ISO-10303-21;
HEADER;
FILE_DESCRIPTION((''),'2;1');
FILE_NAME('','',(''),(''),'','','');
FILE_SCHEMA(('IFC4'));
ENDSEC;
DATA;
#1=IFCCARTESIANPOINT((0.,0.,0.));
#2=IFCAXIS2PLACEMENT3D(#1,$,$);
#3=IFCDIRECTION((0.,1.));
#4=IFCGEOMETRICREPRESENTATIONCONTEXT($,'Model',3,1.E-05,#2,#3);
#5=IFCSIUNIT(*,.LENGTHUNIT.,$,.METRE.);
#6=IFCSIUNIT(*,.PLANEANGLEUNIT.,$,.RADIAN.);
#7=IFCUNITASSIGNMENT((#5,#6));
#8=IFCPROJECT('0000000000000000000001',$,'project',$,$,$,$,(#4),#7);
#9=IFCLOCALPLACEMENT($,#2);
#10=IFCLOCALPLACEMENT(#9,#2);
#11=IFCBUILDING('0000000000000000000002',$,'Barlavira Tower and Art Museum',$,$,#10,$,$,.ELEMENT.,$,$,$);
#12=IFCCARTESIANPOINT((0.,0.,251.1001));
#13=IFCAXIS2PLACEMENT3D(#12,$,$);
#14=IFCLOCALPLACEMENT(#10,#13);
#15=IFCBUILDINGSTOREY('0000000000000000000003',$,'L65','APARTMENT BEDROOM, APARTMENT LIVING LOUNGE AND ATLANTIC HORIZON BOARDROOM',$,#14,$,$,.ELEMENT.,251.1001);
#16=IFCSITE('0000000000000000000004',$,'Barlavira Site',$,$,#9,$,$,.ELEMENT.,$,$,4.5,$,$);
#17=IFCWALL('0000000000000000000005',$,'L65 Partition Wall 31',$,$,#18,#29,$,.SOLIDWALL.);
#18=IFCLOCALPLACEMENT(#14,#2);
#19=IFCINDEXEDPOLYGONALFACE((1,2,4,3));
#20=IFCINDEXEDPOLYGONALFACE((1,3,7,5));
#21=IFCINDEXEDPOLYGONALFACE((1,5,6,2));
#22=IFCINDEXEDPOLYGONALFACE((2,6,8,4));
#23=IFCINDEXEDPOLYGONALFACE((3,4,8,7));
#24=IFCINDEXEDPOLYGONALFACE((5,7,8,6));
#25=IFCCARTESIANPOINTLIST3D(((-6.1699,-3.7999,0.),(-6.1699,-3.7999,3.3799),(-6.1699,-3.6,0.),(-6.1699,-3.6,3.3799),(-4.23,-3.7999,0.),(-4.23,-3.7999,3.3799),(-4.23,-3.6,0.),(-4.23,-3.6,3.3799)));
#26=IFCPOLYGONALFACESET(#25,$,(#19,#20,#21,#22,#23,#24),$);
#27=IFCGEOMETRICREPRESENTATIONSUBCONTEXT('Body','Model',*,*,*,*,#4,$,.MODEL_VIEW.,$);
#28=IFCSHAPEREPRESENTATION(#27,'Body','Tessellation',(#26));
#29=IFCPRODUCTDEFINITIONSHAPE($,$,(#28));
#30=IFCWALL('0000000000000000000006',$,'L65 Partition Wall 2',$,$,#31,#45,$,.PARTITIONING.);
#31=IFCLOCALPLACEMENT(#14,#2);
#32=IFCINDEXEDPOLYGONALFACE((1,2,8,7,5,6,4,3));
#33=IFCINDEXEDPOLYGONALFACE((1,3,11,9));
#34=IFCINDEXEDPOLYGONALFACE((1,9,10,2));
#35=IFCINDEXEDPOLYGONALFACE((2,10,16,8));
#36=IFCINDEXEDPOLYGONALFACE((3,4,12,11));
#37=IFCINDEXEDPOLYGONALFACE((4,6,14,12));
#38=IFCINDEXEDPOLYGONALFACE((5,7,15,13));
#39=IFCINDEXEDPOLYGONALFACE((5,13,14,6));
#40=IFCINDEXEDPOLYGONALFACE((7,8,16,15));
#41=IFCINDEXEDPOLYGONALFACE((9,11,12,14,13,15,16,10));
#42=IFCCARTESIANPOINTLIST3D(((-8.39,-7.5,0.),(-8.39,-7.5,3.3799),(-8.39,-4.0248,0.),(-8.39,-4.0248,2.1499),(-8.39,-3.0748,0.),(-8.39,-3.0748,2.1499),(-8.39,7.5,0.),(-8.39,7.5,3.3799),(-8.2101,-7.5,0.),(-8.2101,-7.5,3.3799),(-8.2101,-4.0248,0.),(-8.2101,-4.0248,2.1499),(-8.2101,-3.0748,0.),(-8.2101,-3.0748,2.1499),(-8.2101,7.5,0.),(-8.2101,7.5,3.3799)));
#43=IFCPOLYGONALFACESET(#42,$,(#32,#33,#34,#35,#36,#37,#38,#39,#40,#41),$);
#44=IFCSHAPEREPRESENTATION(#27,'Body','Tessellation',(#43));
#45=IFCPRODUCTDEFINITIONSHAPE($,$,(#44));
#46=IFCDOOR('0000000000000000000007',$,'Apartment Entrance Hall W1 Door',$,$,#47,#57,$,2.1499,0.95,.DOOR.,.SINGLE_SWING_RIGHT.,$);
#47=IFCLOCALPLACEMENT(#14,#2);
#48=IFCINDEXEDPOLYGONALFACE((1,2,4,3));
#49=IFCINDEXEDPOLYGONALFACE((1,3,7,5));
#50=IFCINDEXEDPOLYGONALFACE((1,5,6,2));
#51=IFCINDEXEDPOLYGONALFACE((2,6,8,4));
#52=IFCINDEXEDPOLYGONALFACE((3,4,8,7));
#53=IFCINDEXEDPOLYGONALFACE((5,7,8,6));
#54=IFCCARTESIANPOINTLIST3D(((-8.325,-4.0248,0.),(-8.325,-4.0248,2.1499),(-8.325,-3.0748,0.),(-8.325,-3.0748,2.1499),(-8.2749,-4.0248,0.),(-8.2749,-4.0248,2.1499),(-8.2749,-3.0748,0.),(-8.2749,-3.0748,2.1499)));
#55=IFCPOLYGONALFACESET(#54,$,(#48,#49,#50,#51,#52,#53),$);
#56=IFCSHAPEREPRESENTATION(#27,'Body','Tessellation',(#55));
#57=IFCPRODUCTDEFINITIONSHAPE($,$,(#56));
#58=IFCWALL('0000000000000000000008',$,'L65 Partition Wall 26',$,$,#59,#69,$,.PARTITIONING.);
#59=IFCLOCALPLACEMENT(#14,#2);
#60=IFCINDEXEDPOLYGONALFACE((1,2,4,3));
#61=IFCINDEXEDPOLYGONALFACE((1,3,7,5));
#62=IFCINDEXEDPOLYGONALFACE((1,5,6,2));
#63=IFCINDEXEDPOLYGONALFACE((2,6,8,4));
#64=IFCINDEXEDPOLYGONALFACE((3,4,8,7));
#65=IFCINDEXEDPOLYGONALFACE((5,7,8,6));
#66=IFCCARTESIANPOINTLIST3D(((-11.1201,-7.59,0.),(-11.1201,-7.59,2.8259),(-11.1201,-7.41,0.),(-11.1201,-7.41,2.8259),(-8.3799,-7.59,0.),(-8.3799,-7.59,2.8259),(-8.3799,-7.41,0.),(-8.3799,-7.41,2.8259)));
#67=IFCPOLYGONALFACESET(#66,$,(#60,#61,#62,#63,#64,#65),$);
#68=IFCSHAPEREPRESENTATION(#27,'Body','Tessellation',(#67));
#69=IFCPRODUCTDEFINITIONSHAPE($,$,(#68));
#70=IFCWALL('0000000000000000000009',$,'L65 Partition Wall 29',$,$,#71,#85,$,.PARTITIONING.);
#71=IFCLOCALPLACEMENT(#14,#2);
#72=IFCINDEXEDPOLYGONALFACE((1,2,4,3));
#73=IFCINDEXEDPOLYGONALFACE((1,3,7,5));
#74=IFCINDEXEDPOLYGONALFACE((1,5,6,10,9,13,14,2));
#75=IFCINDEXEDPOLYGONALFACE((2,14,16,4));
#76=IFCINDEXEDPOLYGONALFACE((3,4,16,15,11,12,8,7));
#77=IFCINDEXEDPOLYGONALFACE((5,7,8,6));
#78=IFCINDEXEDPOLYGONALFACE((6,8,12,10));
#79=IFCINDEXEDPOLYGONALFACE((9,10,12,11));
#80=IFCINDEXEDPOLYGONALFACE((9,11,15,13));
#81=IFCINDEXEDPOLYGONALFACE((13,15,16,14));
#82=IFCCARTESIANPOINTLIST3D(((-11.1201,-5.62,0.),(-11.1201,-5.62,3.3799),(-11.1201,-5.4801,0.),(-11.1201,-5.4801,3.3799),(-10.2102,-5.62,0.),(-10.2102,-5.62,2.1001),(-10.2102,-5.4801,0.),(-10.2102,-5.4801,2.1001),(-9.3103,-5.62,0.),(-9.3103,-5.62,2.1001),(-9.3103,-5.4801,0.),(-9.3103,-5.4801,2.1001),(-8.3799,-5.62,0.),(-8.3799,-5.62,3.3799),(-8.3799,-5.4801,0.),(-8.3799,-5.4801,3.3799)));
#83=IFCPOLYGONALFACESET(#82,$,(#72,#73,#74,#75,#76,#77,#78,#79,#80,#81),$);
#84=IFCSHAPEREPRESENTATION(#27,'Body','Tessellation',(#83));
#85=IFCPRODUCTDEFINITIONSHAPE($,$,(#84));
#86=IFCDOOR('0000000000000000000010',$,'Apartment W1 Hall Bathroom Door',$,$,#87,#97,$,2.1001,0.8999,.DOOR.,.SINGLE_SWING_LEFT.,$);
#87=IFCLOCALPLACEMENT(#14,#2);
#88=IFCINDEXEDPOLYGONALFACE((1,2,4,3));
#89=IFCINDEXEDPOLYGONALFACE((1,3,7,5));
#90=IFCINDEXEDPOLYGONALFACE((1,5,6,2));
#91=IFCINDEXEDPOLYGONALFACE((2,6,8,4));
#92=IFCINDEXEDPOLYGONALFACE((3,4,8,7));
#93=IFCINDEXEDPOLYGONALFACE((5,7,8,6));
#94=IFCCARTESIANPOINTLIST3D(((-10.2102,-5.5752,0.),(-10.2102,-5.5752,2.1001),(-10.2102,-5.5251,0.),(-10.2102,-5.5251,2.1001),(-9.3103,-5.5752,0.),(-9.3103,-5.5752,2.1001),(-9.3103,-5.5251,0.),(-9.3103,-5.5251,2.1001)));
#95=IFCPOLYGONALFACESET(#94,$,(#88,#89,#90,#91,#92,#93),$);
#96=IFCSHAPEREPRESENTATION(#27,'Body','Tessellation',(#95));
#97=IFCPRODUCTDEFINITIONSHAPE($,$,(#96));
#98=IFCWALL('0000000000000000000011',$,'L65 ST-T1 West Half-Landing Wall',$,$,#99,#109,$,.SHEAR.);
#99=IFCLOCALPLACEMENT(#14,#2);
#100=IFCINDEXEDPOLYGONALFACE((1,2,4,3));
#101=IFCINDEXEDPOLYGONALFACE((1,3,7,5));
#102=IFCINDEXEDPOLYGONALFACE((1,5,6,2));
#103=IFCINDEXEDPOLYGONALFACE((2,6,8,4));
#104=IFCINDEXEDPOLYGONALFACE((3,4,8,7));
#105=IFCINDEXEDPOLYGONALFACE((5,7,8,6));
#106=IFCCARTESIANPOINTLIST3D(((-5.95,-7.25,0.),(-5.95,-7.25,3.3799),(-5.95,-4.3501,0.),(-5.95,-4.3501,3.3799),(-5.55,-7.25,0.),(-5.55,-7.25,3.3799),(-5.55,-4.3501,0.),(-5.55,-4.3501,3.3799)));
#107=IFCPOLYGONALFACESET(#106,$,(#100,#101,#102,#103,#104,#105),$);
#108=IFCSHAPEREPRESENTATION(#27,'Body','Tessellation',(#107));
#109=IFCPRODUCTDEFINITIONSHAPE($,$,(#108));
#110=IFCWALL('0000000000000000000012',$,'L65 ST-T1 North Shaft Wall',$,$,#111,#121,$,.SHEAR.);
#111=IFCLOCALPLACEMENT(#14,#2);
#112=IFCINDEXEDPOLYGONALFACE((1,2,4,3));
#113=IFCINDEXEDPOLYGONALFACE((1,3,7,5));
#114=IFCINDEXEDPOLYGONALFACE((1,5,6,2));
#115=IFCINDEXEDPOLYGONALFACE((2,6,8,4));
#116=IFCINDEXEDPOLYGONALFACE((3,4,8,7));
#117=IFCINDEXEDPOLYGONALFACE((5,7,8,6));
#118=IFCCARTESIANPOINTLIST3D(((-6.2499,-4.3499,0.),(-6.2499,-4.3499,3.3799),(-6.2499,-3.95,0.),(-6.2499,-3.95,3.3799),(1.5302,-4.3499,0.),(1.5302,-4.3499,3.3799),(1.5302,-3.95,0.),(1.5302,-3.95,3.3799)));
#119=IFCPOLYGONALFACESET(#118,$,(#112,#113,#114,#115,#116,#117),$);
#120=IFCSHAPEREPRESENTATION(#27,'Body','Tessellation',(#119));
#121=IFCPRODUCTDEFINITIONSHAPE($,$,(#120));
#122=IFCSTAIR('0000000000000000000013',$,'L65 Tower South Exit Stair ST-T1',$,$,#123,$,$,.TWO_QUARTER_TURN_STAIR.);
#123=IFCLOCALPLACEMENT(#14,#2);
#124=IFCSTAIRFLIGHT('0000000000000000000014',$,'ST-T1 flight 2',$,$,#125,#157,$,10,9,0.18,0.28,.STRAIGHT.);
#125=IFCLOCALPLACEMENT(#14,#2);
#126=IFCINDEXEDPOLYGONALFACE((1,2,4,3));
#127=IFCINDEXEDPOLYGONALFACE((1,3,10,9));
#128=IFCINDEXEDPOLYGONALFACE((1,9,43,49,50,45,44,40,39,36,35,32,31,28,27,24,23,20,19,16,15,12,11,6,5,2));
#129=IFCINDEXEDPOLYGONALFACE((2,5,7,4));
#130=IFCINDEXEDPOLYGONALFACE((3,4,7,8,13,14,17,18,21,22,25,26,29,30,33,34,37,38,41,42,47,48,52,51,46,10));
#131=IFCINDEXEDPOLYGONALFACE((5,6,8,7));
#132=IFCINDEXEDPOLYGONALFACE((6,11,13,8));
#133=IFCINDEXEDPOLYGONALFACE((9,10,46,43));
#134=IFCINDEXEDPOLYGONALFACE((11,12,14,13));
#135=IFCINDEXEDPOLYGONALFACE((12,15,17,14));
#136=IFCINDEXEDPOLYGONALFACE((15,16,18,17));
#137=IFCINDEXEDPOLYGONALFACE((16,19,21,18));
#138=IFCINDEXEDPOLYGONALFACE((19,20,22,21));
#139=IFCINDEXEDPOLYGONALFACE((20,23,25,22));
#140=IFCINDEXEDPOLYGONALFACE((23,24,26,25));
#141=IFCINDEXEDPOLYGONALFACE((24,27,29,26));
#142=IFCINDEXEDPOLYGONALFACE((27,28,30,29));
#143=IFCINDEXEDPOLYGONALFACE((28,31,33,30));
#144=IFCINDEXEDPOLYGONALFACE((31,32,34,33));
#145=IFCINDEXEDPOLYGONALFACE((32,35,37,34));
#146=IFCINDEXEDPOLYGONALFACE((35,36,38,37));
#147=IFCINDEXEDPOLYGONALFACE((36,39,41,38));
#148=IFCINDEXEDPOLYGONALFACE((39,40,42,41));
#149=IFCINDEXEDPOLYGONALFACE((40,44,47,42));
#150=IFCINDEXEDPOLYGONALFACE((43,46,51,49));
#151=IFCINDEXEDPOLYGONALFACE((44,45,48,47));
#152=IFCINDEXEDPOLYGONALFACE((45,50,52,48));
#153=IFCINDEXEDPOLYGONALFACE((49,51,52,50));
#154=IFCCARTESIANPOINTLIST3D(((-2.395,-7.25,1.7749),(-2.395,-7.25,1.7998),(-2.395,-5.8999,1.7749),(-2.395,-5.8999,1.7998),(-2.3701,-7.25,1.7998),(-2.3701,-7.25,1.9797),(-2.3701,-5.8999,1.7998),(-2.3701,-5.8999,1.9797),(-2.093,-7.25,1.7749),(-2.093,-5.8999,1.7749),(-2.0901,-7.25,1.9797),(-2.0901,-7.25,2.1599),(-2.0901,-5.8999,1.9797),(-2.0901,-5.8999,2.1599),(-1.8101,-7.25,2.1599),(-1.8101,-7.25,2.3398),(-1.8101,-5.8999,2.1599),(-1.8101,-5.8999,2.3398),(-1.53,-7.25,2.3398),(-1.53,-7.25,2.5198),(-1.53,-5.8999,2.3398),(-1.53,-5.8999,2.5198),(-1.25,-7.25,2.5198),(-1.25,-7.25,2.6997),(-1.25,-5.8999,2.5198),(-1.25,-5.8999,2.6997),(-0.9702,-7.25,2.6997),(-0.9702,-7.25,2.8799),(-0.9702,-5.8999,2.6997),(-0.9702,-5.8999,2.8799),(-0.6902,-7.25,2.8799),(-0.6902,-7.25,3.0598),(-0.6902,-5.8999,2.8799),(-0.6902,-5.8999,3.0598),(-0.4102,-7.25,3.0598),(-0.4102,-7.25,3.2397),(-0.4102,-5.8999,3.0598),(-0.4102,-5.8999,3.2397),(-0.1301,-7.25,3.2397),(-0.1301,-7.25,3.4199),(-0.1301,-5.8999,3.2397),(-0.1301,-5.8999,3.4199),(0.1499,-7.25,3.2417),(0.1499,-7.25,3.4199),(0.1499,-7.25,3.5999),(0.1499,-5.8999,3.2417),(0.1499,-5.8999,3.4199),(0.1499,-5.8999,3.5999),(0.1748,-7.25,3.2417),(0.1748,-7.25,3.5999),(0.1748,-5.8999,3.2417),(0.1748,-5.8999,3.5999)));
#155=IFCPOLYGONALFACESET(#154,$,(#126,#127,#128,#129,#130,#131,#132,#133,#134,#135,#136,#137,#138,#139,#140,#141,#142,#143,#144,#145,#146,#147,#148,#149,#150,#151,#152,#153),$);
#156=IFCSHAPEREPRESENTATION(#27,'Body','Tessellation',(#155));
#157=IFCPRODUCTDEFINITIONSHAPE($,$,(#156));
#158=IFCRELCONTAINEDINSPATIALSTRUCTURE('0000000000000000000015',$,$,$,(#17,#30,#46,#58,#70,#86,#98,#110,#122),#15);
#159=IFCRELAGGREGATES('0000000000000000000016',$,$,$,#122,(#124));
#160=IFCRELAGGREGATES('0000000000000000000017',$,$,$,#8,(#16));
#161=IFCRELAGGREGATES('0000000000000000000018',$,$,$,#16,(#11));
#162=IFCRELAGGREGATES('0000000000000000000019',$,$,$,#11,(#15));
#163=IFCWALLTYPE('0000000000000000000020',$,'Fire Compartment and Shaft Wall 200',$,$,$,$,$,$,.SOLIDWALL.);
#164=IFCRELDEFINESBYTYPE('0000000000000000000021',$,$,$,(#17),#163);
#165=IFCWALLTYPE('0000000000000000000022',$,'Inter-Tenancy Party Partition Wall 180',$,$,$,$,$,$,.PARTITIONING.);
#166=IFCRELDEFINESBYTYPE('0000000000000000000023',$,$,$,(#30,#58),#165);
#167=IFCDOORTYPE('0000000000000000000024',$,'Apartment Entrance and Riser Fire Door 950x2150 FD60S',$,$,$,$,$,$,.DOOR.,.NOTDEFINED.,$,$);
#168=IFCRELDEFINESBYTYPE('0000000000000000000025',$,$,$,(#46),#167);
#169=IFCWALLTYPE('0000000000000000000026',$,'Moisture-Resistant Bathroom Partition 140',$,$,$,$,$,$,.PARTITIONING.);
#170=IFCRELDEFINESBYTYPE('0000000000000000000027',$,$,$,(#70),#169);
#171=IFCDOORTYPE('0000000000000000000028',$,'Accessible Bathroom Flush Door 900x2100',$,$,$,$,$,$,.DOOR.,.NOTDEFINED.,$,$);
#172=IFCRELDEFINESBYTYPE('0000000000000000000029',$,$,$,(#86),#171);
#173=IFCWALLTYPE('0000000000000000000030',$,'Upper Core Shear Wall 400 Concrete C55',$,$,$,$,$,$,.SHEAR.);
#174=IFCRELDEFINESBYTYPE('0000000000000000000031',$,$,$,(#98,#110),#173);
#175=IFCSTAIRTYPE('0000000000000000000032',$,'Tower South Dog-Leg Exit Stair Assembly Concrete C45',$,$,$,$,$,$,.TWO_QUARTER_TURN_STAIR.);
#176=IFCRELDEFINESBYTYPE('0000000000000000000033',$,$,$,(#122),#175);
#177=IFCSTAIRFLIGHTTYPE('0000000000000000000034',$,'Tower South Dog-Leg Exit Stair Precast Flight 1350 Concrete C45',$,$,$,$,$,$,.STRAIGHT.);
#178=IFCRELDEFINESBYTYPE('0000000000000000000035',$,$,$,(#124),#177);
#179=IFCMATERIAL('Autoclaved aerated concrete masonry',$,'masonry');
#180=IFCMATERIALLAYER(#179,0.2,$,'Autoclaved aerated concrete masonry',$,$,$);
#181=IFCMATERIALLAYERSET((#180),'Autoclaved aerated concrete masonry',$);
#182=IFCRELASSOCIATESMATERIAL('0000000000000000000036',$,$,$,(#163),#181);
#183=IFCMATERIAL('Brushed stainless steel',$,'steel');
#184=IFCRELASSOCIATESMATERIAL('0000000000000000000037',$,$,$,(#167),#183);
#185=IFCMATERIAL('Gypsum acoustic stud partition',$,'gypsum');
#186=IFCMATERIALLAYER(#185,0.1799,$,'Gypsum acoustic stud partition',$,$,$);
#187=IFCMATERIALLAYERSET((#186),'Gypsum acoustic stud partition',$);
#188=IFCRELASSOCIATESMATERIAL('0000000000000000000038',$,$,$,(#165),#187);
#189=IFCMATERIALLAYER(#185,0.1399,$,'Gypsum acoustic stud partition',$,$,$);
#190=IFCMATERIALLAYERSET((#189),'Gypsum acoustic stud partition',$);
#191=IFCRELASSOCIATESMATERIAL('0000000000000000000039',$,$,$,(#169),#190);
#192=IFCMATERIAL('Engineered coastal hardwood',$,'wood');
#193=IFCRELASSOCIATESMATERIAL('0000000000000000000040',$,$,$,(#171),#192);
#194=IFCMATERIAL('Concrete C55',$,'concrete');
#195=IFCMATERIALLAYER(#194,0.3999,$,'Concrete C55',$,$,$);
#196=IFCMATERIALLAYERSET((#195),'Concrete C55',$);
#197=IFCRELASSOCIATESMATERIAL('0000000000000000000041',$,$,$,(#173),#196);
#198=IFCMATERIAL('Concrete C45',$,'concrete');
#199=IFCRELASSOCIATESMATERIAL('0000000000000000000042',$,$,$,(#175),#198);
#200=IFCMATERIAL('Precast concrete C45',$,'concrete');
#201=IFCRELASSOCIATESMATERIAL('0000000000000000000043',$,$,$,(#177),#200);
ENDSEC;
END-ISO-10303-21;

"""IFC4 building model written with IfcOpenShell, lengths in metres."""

from ifc_helpers import new_model, si_unit, direction, frame, frame_2d, origin, place, context, subcontext, project, spatial, polyline, rectangle, outline, extrude, material, layer, layer_set, type_object, element, fill, aggregate, save


model = new_model("IFC4")

# Units and contexts
model_context = context("Model", 3, precision=1e-05, world=origin(), true_north=direction((0.0, 1.0)))
body_context = subcontext(model_context, "Body", "Model", "MODEL_VIEW")
ifc_project = project(units=[si_unit("LENGTHUNIT", "METRE"), si_unit("PLANEANGLEUNIT", "RADIAN")], contexts=[model_context])

# Site, building, storey
site_placement = place(None, origin())
site = spatial("IfcSite", under=ifc_project, at=site_placement, Name="Barlavira Site", CompositionType="ELEMENT", RefElevation=4.5)
building_placement = place(site_placement, origin())
building = spatial("IfcBuilding", under=site, at=building_placement, Name="Barlavira Tower and Art Museum", CompositionType="ELEMENT")
storey_placement = place(building_placement, frame((0.0, 0.0, 251.1001)))
storey = spatial("IfcBuildingStorey", under=building, at=storey_placement, Name="L65", Description="APARTMENT BEDROOM, APARTMENT LIVING LOUNGE AND ATLANTIC HORIZON BOARDROOM", CompositionType="ELEMENT", Elevation=251.1001)

# Shared definitions
ifc_material_1 = material(Name="Gypsum acoustic stud partition", Category="gypsum")
ifc_material_2 = material(Name="Engineered coastal hardwood", Category="wood")

# Shared definitions
ifc_material_3 = material(Name="Autoclaved aerated concrete masonry", Category="masonry")
ifc_layer_1 = layer(ifc_material_3, 0.2, Name="Autoclaved aerated concrete masonry")
ifc_layer_set_1 = layer_set([ifc_layer_1], Name="Autoclaved aerated concrete masonry")
wall_type_1 = type_object("IfcWallType", Name="Fire Compartment and Shaft Wall 200", PredefinedType="SOLIDWALL", material=ifc_layer_set_1)

# Shared definitions
ifc_material_4 = material(Name="Brushed stainless steel", Category="steel")
door_type_1 = type_object("IfcDoorType", Name="Apartment Entrance and Riser Fire Door 950x2150 FD60S", OperationType="NOTDEFINED", PredefinedType="DOOR", material=ifc_material_4)

# Wall
wall_1_placement = place(storey_placement, frame((-6.1699, -3.7, 0.0), z_axis=(0.0, 0.0, 1.0), x_axis=(1.0, 0.0, 0.0)))
element("IfcWall", 1, at=wall_1_placement, inside=storey, type_object=wall_type_1, Name="L65 Partition Wall 31", PredefinedType="SOLIDWALL", context=body_context, shape_type="SweptSolid", body=[
    extrude(rectangle(XDim=1.9399, YDim=0.2, at=frame_2d((0.97, 0.0))), origin(), (0.0, 0.0, 1.0), 3.3799),
])

# Wall, opening, door
ifc_layer_2 = layer(ifc_material_1, 0.1799, Name="Gypsum acoustic stud partition")
ifc_layer_set_2 = layer_set([ifc_layer_2], Name="Gypsum acoustic stud partition")
wall_type_2 = type_object("IfcWallType", Name="Inter-Tenancy Party Partition Wall 180", PredefinedType="PARTITIONING", material=ifc_layer_set_2)
wall_2_placement = place(storey_placement, frame((-8.3, -7.5, 0.0), z_axis=(0.0, 0.0, 1.0), x_axis=(0.0, 1.0, 0.0)))
wall_2 = element("IfcWall", 2, at=wall_2_placement, inside=storey, type_object=wall_type_2, Name="L65 Partition Wall 2", PredefinedType="PARTITIONING", context=body_context, shape_type="SweptSolid", body=[
    extrude(rectangle(XDim=15.0, YDim=0.1799, at=frame_2d((7.5, 0.0))), origin(), (0.0, 0.0, 1.0), 3.3799),
])
opening_1_placement = place(wall_2_placement, frame((3.4751, 0.0, 0.0)))
opening_1 = element("IfcOpeningElement", 3, at=opening_1_placement, cuts=wall_2, PredefinedType="OPENING", context=body_context, shape_type="SweptSolid", body=[
    extrude(rectangle(XDim=0.95, YDim=2.1499, at=frame_2d((0.4751, 1.075))), frame((0.0, 0.1001, 0.0), z_axis=(0.0, -1.0, 0.0), x_axis=(1.0, 0.0, 0.0)), (0.0, 0.0, 1.0), 0.2),
])
door_1_placement = place(opening_1_placement, origin())
door_1 = element("IfcDoor", 4, at=door_1_placement, inside=storey, type_object=door_type_1, Name="Apartment Entrance Hall W1 Door", OperationType="SINGLE_SWING_RIGHT", OverallHeight=2.1499, OverallWidth=0.95, PredefinedType="DOOR", context=body_context, shape_type="SweptSolid", body=[
    extrude(rectangle(XDim=0.95, YDim=2.1499, at=frame_2d((0.4751, 1.075))), frame((0.0, 0.0249, 0.0), z_axis=(0.0, -1.0, 0.0), x_axis=(1.0, 0.0, 0.0)), (0.0, 0.0, 1.0), 0.05),
])
fill(opening_1, door_1)

# Wall
wall_3_placement = place(storey_placement, frame((-11.1201, -7.5, 0.0), z_axis=(0.0, 0.0, 1.0), x_axis=(1.0, 0.0, 0.0)))
element("IfcWall", 5, at=wall_3_placement, inside=storey, type_object=wall_type_2, Name="L65 Partition Wall 26", PredefinedType="PARTITIONING", context=body_context, shape_type="SweptSolid", body=[
    extrude(rectangle(XDim=2.7402, YDim=0.1799, at=frame_2d((1.3701, 0.0))), origin(), (0.0, 0.0, 1.0), 2.8259),
])

# Wall, opening, door
ifc_layer_3 = layer(ifc_material_1, 0.1399, Name="Gypsum acoustic stud partition")
ifc_layer_set_3 = layer_set([ifc_layer_3], Name="Gypsum acoustic stud partition")
wall_type_3 = type_object("IfcWallType", Name="Moisture-Resistant Bathroom Partition 140", PredefinedType="PARTITIONING", material=ifc_layer_set_3)
wall_4_placement = place(storey_placement, frame((-11.1201, -5.55, 0.0), z_axis=(0.0, 0.0, 1.0), x_axis=(1.0, 0.0, 0.0)))
wall_4 = element("IfcWall", 6, at=wall_4_placement, inside=storey, type_object=wall_type_3, Name="L65 Partition Wall 29", PredefinedType="PARTITIONING", context=body_context, shape_type="SweptSolid", body=[
    extrude(rectangle(XDim=2.7402, YDim=0.1399, at=frame_2d((1.3701, 0.0))), origin(), (0.0, 0.0, 1.0), 3.3799),
])
opening_2_placement = place(wall_4_placement, frame((0.9099, 0.0, 0.0)))
opening_2 = element("IfcOpeningElement", 7, at=opening_2_placement, cuts=wall_4, PredefinedType="OPENING", context=body_context, shape_type="SweptSolid", body=[
    extrude(rectangle(XDim=0.8999, YDim=2.1001, at=frame_2d((0.45, 1.05))), frame((0.0, 0.0801, 0.0), z_axis=(0.0, -1.0, 0.0), x_axis=(1.0, 0.0, 0.0)), (0.0, 0.0, 1.0), 0.1599),
])
door_type_2 = type_object("IfcDoorType", Name="Accessible Bathroom Flush Door 900x2100", OperationType="NOTDEFINED", PredefinedType="DOOR", material=ifc_material_2)
door_2_placement = place(opening_2_placement, origin())
door_2 = element("IfcDoor", 8, at=door_2_placement, inside=storey, type_object=door_type_2, Name="Apartment W1 Hall Bathroom Door", OperationType="SINGLE_SWING_LEFT", OverallHeight=2.1001, OverallWidth=0.8999, PredefinedType="DOOR", context=body_context, shape_type="SweptSolid", body=[
    extrude(rectangle(XDim=0.8999, YDim=2.1001, at=frame_2d((0.45, 1.05))), frame((0.0, 0.0249, 0.0), z_axis=(0.0, -1.0, 0.0), x_axis=(1.0, 0.0, 0.0)), (0.0, 0.0, 1.0), 0.05),
])
fill(opening_2, door_2)

# Walls
ifc_material_5 = material(Name="Concrete C55", Category="concrete")
ifc_layer_4 = layer(ifc_material_5, 0.3999, Name="Concrete C55")
ifc_layer_set_4 = layer_set([ifc_layer_4], Name="Concrete C55")
wall_type_4 = type_object("IfcWallType", Name="Upper Core Shear Wall 400 Concrete C55", PredefinedType="SHEAR", material=ifc_layer_set_4)
wall_5_placement = place(storey_placement, frame((-5.75, -7.25, 0.0), z_axis=(0.0, 0.0, 1.0), x_axis=(0.0, 1.0, 0.0)))
element("IfcWall", 9, at=wall_5_placement, inside=storey, type_object=wall_type_4, Name="L65 ST-T1 West Half-Landing Wall", PredefinedType="SHEAR", context=body_context, shape_type="SweptSolid", body=[
    extrude(rectangle(XDim=2.8999, YDim=0.3999, at=frame_2d((1.45, 0.0))), origin(), (0.0, 0.0, 1.0), 3.3799),
])
wall_6_placement = place(storey_placement, frame((-6.25, -4.1499, 0.0), z_axis=(0.0, 0.0, 1.0), x_axis=(1.0, 0.0, 0.0)))
element("IfcWall", 10, at=wall_6_placement, inside=storey, type_object=wall_type_4, Name="L65 ST-T1 North Shaft Wall", PredefinedType="SHEAR", context=body_context, shape_type="SweptSolid", body=[
    extrude(rectangle(XDim=7.78, YDim=0.3999, at=frame_2d((3.8901, 0.0))), origin(), (0.0, 0.0, 1.0), 3.3799),
])

# Stair, stair flight
ifc_material_6 = material(Name="Concrete C45", Category="concrete")
stair_type = type_object("IfcStairType", Name="Tower South Dog-Leg Exit Stair Assembly Concrete C45", PredefinedType="TWO_QUARTER_TURN_STAIR", material=ifc_material_6)
stair_placement = place(storey_placement, origin())
stair = element("IfcStair", 11, at=stair_placement, inside=storey, type_object=stair_type, Name="L65 Tower South Exit Stair ST-T1", PredefinedType="TWO_QUARTER_TURN_STAIR")
ifc_material_7 = material(Name="Precast concrete C45", Category="concrete")
stair_flight_type = type_object("IfcStairFlightType", Name="Tower South Dog-Leg Exit Stair Precast Flight 1350 Concrete C45", PredefinedType="STRAIGHT", material=ifc_material_7)
stair_flight_placement = place(storey_placement, frame((-2.3701, -6.575, 1.7998), z_axis=(0.0, 0.0, 1.0), x_axis=(1.0, 0.0, 0.0)))
stair_flight = element("IfcStairFlight", 12, at=stair_flight_placement, type_object=stair_flight_type, Name="ST-T1 flight 2", NumberOfRisers=10, NumberOfTreads=9, PredefinedType="STRAIGHT", RiserHeight=0.18, TreadLength=0.28, context=body_context, shape_type="SweptSolid", body=[
    extrude(outline(polyline([(-0.0249, 0.0), (0.0, 0.0), (0.0, 0.1799), (0.28, 0.1799), (0.28, 0.3601), (0.5601, 0.3601), (0.5601, 0.54), (0.8401, 0.54), (0.8401, 0.72), (1.1201, 0.72), (1.1201, 0.8999), (1.3999, 0.8999), (1.3999, 1.0801), (1.6799, 1.0801), (1.6799, 1.26), (1.96, 1.26), (1.96, 1.4399), (2.24, 1.4399), (2.24, 1.6201), (2.52, 1.6201), (2.52, 1.8), (2.5449, 1.8), (2.5449, 1.4419), (2.52, 1.4419), (0.2771, -0.0249), (-0.0249, -0.0249), (-0.0249, 0.0)])), frame((0.0, 0.675, 0.0), z_axis=(0.0, -1.0, 0.0), x_axis=(1.0, 0.0, 0.0)), (0.0, 0.0, 1.0), 1.3501),
])
aggregate(stair, [stair_flight])

save(model, "model.ifc")
